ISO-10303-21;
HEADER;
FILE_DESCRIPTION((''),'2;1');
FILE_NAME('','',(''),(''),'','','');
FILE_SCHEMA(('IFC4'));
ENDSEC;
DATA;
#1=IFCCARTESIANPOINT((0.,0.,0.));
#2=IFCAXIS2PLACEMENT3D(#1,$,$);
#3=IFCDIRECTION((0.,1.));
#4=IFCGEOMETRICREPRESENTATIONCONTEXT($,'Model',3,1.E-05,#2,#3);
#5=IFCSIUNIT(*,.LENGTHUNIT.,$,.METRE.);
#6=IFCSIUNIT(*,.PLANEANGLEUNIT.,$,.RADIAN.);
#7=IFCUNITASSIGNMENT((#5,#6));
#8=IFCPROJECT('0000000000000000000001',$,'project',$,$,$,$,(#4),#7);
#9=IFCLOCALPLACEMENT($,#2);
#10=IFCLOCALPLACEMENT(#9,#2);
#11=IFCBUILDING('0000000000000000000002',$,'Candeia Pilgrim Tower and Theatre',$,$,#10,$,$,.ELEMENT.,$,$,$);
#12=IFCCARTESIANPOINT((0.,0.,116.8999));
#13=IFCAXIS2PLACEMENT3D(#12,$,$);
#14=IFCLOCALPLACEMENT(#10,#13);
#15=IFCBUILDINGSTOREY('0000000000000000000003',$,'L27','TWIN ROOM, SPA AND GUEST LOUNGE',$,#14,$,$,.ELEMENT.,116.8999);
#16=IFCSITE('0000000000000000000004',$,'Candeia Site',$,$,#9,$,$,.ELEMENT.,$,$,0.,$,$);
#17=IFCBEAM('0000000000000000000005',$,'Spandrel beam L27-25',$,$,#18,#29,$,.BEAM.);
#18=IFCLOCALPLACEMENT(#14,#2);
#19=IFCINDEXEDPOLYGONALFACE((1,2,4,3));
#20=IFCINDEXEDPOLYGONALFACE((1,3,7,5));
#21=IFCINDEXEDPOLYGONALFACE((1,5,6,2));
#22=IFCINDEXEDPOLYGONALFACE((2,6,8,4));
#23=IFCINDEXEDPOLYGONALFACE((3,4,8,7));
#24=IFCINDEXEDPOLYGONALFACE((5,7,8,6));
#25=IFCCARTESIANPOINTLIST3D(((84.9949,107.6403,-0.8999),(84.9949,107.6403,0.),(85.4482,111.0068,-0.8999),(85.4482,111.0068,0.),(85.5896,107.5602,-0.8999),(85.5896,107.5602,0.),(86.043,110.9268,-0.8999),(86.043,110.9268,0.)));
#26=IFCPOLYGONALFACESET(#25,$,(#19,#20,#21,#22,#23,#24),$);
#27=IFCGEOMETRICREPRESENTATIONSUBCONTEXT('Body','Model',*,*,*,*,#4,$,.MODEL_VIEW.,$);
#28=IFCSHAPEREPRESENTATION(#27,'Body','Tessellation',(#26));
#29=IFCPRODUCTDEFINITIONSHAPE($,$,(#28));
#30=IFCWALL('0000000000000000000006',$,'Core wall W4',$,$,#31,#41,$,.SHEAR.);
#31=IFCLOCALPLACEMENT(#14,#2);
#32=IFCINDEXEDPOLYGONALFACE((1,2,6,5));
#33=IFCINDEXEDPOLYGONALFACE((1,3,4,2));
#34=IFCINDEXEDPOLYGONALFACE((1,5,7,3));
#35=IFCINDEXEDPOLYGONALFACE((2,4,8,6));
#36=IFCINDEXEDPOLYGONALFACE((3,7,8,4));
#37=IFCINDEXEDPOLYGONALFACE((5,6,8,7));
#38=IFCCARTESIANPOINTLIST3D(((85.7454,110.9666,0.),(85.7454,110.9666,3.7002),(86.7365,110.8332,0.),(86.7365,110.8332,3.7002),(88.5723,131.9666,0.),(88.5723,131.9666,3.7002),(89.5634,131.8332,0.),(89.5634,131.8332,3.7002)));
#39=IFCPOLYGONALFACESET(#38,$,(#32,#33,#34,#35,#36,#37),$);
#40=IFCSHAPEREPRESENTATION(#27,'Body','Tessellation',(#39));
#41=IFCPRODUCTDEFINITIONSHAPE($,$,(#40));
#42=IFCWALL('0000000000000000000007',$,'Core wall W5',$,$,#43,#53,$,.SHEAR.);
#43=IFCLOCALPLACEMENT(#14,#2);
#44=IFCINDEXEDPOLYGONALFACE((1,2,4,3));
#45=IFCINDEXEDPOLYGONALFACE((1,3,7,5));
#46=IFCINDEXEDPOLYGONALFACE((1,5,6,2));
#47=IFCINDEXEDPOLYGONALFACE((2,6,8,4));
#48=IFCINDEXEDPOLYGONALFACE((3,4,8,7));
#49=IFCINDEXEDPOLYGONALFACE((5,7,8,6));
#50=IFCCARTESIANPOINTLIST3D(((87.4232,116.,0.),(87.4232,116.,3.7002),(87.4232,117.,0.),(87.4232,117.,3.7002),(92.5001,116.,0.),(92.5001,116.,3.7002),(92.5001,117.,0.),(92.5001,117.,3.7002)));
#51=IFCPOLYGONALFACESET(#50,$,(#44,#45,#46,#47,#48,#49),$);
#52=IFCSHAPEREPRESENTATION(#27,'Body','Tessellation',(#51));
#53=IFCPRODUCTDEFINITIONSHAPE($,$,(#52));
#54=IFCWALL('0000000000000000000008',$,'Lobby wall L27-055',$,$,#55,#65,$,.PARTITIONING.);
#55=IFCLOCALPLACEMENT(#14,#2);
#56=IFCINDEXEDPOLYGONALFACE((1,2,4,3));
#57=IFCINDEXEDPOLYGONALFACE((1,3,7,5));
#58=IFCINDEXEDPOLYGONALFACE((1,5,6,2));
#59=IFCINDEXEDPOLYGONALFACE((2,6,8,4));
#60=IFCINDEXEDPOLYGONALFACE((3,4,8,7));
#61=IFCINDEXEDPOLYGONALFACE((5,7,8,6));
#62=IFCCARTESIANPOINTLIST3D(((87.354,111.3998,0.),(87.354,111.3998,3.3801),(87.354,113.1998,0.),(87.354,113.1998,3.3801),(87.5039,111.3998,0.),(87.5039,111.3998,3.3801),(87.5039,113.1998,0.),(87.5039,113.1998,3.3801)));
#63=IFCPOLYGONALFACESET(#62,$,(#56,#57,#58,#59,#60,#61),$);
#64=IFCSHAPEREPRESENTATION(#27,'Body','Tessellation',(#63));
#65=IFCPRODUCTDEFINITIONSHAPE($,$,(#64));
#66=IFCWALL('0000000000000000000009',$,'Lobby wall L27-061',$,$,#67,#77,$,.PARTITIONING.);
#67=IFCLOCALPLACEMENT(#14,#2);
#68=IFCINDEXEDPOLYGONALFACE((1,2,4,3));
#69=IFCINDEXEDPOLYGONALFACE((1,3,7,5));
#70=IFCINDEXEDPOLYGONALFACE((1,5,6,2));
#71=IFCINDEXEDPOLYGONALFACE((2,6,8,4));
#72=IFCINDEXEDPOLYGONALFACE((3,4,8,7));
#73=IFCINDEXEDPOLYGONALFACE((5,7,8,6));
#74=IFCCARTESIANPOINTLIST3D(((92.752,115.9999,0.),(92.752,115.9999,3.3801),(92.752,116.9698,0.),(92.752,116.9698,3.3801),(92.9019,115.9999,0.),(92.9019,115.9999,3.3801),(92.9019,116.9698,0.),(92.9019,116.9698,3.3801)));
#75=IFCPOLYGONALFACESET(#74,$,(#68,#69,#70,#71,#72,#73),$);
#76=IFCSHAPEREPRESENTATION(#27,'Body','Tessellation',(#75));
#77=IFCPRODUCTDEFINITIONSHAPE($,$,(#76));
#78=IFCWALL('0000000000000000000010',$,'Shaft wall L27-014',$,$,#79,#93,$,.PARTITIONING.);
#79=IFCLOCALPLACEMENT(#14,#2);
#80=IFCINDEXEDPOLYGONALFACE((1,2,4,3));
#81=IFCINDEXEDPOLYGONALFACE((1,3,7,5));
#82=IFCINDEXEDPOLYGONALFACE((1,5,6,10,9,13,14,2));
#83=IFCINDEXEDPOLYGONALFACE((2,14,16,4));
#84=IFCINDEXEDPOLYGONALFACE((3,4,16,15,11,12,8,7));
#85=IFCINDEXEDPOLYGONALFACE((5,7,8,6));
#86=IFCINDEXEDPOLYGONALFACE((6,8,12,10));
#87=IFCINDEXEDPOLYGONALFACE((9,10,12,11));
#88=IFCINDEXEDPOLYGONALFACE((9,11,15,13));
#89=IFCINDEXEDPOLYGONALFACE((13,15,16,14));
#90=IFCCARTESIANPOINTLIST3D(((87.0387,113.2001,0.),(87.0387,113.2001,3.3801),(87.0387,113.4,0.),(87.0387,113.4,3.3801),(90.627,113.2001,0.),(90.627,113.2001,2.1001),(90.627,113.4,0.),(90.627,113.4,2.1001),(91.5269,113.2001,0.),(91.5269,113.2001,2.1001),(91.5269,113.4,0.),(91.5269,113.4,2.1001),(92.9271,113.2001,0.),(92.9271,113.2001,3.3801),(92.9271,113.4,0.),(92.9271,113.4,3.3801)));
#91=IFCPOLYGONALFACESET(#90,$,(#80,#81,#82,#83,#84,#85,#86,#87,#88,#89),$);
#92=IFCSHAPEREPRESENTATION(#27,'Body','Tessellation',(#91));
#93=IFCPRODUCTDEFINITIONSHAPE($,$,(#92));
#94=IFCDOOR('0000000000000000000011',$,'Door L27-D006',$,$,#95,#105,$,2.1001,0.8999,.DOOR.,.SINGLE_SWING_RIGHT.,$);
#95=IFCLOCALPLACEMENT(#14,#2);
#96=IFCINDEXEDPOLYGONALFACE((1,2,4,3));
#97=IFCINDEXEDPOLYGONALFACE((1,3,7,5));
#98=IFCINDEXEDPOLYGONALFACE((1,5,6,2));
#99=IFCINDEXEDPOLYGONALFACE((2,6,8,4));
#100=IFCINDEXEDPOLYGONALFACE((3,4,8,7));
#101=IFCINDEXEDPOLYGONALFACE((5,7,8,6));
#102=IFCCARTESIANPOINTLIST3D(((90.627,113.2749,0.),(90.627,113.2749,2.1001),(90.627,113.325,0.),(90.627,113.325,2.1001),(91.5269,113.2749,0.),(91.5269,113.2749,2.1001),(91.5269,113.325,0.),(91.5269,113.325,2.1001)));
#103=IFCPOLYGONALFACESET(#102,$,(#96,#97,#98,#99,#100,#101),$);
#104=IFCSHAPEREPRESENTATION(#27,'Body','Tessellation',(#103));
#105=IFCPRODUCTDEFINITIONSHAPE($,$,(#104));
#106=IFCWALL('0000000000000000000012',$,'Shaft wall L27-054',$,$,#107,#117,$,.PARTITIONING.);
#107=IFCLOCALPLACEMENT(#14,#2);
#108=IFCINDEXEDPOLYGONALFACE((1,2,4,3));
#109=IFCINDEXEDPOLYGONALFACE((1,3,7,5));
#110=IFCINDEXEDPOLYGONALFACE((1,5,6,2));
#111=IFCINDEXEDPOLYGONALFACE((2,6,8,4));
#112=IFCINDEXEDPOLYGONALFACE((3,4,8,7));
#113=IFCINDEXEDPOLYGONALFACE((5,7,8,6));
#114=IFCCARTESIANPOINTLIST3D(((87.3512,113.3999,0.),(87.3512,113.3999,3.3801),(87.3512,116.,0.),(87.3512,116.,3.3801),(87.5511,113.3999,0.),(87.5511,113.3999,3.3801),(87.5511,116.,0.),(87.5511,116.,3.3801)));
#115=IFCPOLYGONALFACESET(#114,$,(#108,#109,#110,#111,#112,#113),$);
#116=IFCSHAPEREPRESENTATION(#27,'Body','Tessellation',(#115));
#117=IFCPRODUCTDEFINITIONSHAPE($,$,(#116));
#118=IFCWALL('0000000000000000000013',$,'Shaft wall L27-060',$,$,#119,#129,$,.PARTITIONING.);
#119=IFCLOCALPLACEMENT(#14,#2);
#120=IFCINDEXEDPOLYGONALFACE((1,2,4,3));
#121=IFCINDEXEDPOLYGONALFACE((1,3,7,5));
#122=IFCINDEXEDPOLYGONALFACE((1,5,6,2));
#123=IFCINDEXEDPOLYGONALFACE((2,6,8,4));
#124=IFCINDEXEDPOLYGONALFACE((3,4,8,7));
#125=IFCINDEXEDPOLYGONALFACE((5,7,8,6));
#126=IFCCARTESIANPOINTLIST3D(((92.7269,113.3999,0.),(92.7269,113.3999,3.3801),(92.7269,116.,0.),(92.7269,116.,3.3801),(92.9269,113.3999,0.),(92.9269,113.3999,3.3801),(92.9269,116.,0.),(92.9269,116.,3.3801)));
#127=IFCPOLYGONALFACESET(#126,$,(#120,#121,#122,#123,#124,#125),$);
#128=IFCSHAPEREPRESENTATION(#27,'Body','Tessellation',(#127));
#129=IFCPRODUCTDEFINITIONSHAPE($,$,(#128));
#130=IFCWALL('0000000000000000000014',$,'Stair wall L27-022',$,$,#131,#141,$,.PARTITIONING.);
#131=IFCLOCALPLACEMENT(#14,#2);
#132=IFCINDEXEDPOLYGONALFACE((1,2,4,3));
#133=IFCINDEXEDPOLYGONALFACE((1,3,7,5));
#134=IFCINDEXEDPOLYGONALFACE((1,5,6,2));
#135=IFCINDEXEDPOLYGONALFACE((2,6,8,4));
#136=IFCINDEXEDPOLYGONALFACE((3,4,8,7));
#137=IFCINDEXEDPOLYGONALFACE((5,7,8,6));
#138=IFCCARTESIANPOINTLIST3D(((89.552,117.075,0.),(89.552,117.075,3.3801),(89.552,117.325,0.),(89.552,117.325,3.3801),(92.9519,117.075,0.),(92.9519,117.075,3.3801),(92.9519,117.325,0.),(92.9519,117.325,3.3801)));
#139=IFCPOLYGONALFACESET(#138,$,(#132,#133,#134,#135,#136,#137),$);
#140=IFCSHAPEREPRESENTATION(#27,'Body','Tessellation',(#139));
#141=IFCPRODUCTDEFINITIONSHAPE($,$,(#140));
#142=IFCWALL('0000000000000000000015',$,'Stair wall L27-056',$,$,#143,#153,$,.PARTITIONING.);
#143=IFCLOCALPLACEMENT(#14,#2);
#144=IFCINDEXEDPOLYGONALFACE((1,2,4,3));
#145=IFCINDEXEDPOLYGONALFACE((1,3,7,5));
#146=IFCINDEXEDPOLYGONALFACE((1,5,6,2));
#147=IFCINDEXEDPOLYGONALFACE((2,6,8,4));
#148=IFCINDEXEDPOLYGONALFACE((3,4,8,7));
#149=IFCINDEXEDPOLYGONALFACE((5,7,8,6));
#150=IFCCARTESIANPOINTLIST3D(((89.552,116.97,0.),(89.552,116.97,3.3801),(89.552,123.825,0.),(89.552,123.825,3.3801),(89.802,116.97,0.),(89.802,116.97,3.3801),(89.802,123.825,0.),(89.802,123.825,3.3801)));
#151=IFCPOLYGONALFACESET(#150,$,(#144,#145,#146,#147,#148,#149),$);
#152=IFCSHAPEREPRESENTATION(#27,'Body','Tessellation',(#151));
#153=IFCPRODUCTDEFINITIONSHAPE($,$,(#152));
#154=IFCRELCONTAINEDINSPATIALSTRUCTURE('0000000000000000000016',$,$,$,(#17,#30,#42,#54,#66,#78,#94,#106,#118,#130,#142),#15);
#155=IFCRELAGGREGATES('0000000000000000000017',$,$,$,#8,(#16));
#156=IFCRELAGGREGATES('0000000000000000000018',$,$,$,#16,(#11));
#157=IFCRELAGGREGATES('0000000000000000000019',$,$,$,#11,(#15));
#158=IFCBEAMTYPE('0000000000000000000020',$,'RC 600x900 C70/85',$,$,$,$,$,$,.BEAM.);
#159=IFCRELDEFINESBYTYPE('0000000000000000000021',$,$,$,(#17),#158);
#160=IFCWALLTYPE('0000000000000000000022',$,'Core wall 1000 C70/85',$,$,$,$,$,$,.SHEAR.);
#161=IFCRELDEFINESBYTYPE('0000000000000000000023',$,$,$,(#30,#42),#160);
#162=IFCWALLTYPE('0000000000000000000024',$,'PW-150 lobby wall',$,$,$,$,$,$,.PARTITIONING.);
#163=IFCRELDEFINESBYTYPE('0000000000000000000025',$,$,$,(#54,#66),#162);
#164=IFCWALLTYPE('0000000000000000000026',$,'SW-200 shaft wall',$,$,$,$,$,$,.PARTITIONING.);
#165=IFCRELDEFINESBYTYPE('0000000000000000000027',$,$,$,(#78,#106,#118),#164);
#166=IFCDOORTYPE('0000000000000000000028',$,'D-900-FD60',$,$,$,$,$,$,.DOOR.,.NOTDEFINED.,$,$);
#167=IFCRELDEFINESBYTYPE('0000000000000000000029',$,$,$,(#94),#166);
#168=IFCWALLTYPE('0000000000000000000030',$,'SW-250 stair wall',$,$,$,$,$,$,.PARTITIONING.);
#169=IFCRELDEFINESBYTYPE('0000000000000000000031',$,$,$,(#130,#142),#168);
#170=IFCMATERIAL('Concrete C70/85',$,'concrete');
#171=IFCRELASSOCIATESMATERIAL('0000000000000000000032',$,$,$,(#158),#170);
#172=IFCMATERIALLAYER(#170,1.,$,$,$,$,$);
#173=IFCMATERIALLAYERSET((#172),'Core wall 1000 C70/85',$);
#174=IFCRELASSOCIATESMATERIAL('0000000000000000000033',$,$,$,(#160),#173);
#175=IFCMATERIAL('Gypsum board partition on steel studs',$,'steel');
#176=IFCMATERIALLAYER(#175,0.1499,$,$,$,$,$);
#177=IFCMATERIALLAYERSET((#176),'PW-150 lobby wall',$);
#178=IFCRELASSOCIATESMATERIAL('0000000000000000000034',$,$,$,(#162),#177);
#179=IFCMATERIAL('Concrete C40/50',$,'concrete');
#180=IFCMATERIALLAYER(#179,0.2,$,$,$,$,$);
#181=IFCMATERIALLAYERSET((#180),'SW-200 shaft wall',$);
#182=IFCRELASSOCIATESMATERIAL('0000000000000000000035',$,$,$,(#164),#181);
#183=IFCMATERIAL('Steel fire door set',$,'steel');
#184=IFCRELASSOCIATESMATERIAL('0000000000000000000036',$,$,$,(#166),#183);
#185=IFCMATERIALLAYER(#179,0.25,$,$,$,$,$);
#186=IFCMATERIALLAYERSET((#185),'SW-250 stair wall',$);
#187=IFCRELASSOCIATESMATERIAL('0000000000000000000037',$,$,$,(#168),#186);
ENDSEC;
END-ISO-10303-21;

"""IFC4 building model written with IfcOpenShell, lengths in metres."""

from ifc_helpers import new_model, si_unit, direction, frame, frame_2d, origin, origin_2d, place, context, subcontext, project, spatial, rectangle, extrude, material, layer, layer_set, material_profile, profile_set, type_object, element, fill, save


model = new_model("IFC4")

# Units and contexts
model_context = context("Model", 3, precision=1e-05, world=origin(), true_north=direction((0.0, 1.0)))
body_context = subcontext(model_context, "Body", "Model", "MODEL_VIEW")
ifc_project = project(units=[si_unit("LENGTHUNIT", "METRE"), si_unit("PLANEANGLEUNIT", "RADIAN")], contexts=[model_context])

# Site, building, storey
site_placement = place(None, origin())
site = spatial("IfcSite", under=ifc_project, at=site_placement, Name="Candeia Site", CompositionType="ELEMENT", RefElevation=0.0)
building_placement = place(site_placement, origin())
building = spatial("IfcBuilding", under=site, at=building_placement, Name="Candeia Pilgrim Tower and Theatre", CompositionType="ELEMENT")
storey_placement = place(building_placement, frame((0.0, 0.0, 116.8999)))
storey = spatial("IfcBuildingStorey", under=building, at=storey_placement, Name="L27", Description="TWIN ROOM, SPA AND GUEST LOUNGE", CompositionType="ELEMENT", Elevation=116.8999)

# Beam
ifc_material_1 = material(Name="Concrete C70/85", Category="concrete")
ifc_material_profile = material_profile(ifc_material_1, rectangle(XDim=0.6001, YDim=0.8999, at=origin_2d()))
ifc_profile_set = profile_set([ifc_material_profile], Name="Concrete C70/85")
beam_type = type_object("IfcBeamType", Name="RC 600x900 C70/85", PredefinedType="BEAM", material=ifc_profile_set)
beam_placement = place(storey_placement, frame((85.7456, 110.9668, -0.45), z_axis=(-0.133458, -0.991054, 0.0), x_axis=(0.991054, -0.133458, 0.0)))
element("IfcBeam", 1, at=beam_placement, inside=storey, type_object=beam_type, Name="Spandrel beam L27-25", PredefinedType="BEAM", context=body_context, shape_type="SweptSolid", body=[
    extrude(rectangle(XDim=0.6001, YDim=0.8999, at=origin_2d()), origin(), (0.0, 0.0, 1.0), 3.397),
])

# Walls
ifc_layer_1 = layer(ifc_material_1, 1.0)
ifc_layer_set_1 = layer_set([ifc_layer_1], Name="Core wall 1000 C70/85")
wall_type_1 = type_object("IfcWallType", Name="Core wall 1000 C70/85", PredefinedType="SHEAR", material=ifc_layer_set_1)
wall_1_placement = place(storey_placement, frame((86.241, 110.8999, 0.0), z_axis=(0.0, 0.0, 1.0), x_axis=(0.133411, 0.991061, 0.0)))
element("IfcWall", 2, at=wall_1_placement, inside=storey, type_object=wall_type_1, Name="Core wall W4", PredefinedType="SHEAR", context=body_context, shape_type="SweptSolid", body=[
    extrude(rectangle(XDim=21.1895, YDim=1.0, at=frame_2d((10.5947, 0.0))), origin(), (0.0, 0.0, 1.0), 3.7002),
])
wall_2_placement = place(storey_placement, frame((87.4231, 116.5, 0.0), z_axis=(0.0, 0.0, 1.0), x_axis=(1.0, 0.0, 0.0)))
element("IfcWall", 3, at=wall_2_placement, inside=storey, type_object=wall_type_1, Name="Core wall W5", PredefinedType="SHEAR", context=body_context, shape_type="SweptSolid", body=[
    extrude(rectangle(XDim=5.0769, YDim=1.0, at=frame_2d((2.5386, 0.0))), origin(), (0.0, 0.0, 1.0), 3.7002),
])
ifc_material_2 = material(Name="Gypsum board partition on steel studs", Category="steel")
ifc_layer_2 = layer(ifc_material_2, 0.1499)
ifc_layer_set_2 = layer_set([ifc_layer_2], Name="PW-150 lobby wall")
wall_type_2 = type_object("IfcWallType", Name="PW-150 lobby wall", PredefinedType="PARTITIONING", material=ifc_layer_set_2)
wall_3_placement = place(storey_placement, frame((87.429, 111.3999, 0.0), z_axis=(0.0, 0.0, 1.0), x_axis=(0.0, 1.0, 0.0)))
element("IfcWall", 4, at=wall_3_placement, inside=storey, type_object=wall_type_2, Name="Lobby wall L27-055", PredefinedType="PARTITIONING", context=body_context, shape_type="SweptSolid", body=[
    extrude(rectangle(XDim=1.8, YDim=0.1499, at=frame_2d((0.8999, 0.0))), origin(), (0.0, 0.0, 1.0), 3.3801),
])
wall_4_placement = place(storey_placement, frame((92.8269, 116.0, 0.0), z_axis=(0.0, 0.0, 1.0), x_axis=(0.0, 1.0, 0.0)))
element("IfcWall", 5, at=wall_4_placement, inside=storey, type_object=wall_type_2, Name="Lobby wall L27-061", PredefinedType="PARTITIONING", context=body_context, shape_type="SweptSolid", body=[
    extrude(rectangle(XDim=0.97, YDim=0.1499, at=frame_2d((0.4849, 0.0))), origin(), (0.0, 0.0, 1.0), 3.3801),
])

# Wall, opening, door
ifc_material_3 = material(Name="Concrete C40/50", Category="concrete")
ifc_layer_3 = layer(ifc_material_3, 0.2)
ifc_layer_set_3 = layer_set([ifc_layer_3], Name="SW-200 shaft wall")
wall_type_3 = type_object("IfcWallType", Name="SW-200 shaft wall", PredefinedType="PARTITIONING", material=ifc_layer_set_3)
wall_5_placement = place(storey_placement, frame((87.0386, 113.3, 0.0), z_axis=(0.0, 0.0, 1.0), x_axis=(1.0, 0.0, 0.0)))
wall_5 = element("IfcWall", 6, at=wall_5_placement, inside=storey, type_object=wall_type_3, Name="Shaft wall L27-014", PredefinedType="PARTITIONING", context=body_context, shape_type="SweptSolid", body=[
    extrude(rectangle(XDim=5.8884, YDim=0.2, at=frame_2d((2.9443, 0.0))), origin(), (0.0, 0.0, 1.0), 3.3801),
])
opening_placement = place(wall_5_placement, frame((3.5884, 0.0, 0.0)))
opening = element("IfcOpeningElement", 7, at=opening_placement, cuts=wall_5, PredefinedType="OPENING", context=body_context, shape_type="SweptSolid", body=[
    extrude(rectangle(XDim=0.8999, YDim=2.1001, at=frame_2d((0.45, 1.05))), frame((0.0, 0.1099, 0.0), z_axis=(0.0, -1.0, 0.0), x_axis=(1.0, 0.0, 0.0)), (0.0, 0.0, 1.0), 0.22),
])
ifc_material_4 = material(Name="Steel fire door set", Category="steel")
door_type = type_object("IfcDoorType", Name="D-900-FD60", OperationType="NOTDEFINED", PredefinedType="DOOR", material=ifc_material_4)
door_placement = place(opening_placement, origin())
door = element("IfcDoor", 8, at=door_placement, inside=storey, type_object=door_type, Name="Door L27-D006", OperationType="SINGLE_SWING_RIGHT", OverallHeight=2.1001, OverallWidth=0.8999, PredefinedType="DOOR", context=body_context, shape_type="SweptSolid", body=[
    extrude(rectangle(XDim=0.8999, YDim=2.1001, at=frame_2d((0.45, 1.05))), frame((0.0, 0.0249, 0.0), z_axis=(0.0, -1.0, 0.0), x_axis=(1.0, 0.0, 0.0)), (0.0, 0.0, 1.0), 0.05),
])
fill(opening, door)

# Walls
for number, where, z_axis, x_axis, name in (
    (9, (87.4512, 113.3999, 0.0), (0.0, 0.0, 1.0), (0.0, 1.0, 0.0), "Shaft wall L27-054"),
    (10, (92.8269, 113.3999, 0.0), (0.0, 0.0, 1.0), (0.0, 1.0, 0.0), "Shaft wall L27-060"),
):
    element("IfcWall", number, at=place(storey_placement, frame(where, z_axis=z_axis, x_axis=x_axis)), inside=storey, type_object=wall_type_3, Name=name, PredefinedType="PARTITIONING", context=body_context, shape_type="SweptSolid", body=[
        extrude(rectangle(XDim=2.6001, YDim=0.2, at=frame_2d((1.3, 0.0))), origin(), (0.0, 0.0, 1.0), 3.3801),
    ])
ifc_layer_4 = layer(ifc_material_3, 0.25)
ifc_layer_set_4 = layer_set([ifc_layer_4], Name="SW-250 stair wall")
wall_type_4 = type_object("IfcWallType", Name="SW-250 stair wall", PredefinedType="PARTITIONING", material=ifc_layer_set_4)
wall_6_placement = place(storey_placement, frame((89.552, 117.2, 0.0), z_axis=(0.0, 0.0, 1.0), x_axis=(1.0, 0.0, 0.0)))
element("IfcWall", 11, at=wall_6_placement, inside=storey, type_object=wall_type_4, Name="Stair wall L27-022", PredefinedType="PARTITIONING", context=body_context, shape_type="SweptSolid", body=[
    extrude(rectangle(XDim=3.3999, YDim=0.25, at=frame_2d((1.7, 0.0))), origin(), (0.0, 0.0, 1.0), 3.3801),
])
wall_7_placement = place(storey_placement, frame((89.677, 116.97, 0.0), z_axis=(0.0, 0.0, 1.0), x_axis=(0.0, 1.0, 0.0)))
element("IfcWall", 12, at=wall_7_placement, inside=storey, type_object=wall_type_4, Name="Stair wall L27-056", PredefinedType="PARTITIONING", context=body_context, shape_type="SweptSolid", body=[
    extrude(rectangle(XDim=6.855, YDim=0.25, at=frame_2d((3.4275, 0.0))), origin(), (0.0, 0.0, 1.0), 3.3801),
])

save(model, "model.ifc")
